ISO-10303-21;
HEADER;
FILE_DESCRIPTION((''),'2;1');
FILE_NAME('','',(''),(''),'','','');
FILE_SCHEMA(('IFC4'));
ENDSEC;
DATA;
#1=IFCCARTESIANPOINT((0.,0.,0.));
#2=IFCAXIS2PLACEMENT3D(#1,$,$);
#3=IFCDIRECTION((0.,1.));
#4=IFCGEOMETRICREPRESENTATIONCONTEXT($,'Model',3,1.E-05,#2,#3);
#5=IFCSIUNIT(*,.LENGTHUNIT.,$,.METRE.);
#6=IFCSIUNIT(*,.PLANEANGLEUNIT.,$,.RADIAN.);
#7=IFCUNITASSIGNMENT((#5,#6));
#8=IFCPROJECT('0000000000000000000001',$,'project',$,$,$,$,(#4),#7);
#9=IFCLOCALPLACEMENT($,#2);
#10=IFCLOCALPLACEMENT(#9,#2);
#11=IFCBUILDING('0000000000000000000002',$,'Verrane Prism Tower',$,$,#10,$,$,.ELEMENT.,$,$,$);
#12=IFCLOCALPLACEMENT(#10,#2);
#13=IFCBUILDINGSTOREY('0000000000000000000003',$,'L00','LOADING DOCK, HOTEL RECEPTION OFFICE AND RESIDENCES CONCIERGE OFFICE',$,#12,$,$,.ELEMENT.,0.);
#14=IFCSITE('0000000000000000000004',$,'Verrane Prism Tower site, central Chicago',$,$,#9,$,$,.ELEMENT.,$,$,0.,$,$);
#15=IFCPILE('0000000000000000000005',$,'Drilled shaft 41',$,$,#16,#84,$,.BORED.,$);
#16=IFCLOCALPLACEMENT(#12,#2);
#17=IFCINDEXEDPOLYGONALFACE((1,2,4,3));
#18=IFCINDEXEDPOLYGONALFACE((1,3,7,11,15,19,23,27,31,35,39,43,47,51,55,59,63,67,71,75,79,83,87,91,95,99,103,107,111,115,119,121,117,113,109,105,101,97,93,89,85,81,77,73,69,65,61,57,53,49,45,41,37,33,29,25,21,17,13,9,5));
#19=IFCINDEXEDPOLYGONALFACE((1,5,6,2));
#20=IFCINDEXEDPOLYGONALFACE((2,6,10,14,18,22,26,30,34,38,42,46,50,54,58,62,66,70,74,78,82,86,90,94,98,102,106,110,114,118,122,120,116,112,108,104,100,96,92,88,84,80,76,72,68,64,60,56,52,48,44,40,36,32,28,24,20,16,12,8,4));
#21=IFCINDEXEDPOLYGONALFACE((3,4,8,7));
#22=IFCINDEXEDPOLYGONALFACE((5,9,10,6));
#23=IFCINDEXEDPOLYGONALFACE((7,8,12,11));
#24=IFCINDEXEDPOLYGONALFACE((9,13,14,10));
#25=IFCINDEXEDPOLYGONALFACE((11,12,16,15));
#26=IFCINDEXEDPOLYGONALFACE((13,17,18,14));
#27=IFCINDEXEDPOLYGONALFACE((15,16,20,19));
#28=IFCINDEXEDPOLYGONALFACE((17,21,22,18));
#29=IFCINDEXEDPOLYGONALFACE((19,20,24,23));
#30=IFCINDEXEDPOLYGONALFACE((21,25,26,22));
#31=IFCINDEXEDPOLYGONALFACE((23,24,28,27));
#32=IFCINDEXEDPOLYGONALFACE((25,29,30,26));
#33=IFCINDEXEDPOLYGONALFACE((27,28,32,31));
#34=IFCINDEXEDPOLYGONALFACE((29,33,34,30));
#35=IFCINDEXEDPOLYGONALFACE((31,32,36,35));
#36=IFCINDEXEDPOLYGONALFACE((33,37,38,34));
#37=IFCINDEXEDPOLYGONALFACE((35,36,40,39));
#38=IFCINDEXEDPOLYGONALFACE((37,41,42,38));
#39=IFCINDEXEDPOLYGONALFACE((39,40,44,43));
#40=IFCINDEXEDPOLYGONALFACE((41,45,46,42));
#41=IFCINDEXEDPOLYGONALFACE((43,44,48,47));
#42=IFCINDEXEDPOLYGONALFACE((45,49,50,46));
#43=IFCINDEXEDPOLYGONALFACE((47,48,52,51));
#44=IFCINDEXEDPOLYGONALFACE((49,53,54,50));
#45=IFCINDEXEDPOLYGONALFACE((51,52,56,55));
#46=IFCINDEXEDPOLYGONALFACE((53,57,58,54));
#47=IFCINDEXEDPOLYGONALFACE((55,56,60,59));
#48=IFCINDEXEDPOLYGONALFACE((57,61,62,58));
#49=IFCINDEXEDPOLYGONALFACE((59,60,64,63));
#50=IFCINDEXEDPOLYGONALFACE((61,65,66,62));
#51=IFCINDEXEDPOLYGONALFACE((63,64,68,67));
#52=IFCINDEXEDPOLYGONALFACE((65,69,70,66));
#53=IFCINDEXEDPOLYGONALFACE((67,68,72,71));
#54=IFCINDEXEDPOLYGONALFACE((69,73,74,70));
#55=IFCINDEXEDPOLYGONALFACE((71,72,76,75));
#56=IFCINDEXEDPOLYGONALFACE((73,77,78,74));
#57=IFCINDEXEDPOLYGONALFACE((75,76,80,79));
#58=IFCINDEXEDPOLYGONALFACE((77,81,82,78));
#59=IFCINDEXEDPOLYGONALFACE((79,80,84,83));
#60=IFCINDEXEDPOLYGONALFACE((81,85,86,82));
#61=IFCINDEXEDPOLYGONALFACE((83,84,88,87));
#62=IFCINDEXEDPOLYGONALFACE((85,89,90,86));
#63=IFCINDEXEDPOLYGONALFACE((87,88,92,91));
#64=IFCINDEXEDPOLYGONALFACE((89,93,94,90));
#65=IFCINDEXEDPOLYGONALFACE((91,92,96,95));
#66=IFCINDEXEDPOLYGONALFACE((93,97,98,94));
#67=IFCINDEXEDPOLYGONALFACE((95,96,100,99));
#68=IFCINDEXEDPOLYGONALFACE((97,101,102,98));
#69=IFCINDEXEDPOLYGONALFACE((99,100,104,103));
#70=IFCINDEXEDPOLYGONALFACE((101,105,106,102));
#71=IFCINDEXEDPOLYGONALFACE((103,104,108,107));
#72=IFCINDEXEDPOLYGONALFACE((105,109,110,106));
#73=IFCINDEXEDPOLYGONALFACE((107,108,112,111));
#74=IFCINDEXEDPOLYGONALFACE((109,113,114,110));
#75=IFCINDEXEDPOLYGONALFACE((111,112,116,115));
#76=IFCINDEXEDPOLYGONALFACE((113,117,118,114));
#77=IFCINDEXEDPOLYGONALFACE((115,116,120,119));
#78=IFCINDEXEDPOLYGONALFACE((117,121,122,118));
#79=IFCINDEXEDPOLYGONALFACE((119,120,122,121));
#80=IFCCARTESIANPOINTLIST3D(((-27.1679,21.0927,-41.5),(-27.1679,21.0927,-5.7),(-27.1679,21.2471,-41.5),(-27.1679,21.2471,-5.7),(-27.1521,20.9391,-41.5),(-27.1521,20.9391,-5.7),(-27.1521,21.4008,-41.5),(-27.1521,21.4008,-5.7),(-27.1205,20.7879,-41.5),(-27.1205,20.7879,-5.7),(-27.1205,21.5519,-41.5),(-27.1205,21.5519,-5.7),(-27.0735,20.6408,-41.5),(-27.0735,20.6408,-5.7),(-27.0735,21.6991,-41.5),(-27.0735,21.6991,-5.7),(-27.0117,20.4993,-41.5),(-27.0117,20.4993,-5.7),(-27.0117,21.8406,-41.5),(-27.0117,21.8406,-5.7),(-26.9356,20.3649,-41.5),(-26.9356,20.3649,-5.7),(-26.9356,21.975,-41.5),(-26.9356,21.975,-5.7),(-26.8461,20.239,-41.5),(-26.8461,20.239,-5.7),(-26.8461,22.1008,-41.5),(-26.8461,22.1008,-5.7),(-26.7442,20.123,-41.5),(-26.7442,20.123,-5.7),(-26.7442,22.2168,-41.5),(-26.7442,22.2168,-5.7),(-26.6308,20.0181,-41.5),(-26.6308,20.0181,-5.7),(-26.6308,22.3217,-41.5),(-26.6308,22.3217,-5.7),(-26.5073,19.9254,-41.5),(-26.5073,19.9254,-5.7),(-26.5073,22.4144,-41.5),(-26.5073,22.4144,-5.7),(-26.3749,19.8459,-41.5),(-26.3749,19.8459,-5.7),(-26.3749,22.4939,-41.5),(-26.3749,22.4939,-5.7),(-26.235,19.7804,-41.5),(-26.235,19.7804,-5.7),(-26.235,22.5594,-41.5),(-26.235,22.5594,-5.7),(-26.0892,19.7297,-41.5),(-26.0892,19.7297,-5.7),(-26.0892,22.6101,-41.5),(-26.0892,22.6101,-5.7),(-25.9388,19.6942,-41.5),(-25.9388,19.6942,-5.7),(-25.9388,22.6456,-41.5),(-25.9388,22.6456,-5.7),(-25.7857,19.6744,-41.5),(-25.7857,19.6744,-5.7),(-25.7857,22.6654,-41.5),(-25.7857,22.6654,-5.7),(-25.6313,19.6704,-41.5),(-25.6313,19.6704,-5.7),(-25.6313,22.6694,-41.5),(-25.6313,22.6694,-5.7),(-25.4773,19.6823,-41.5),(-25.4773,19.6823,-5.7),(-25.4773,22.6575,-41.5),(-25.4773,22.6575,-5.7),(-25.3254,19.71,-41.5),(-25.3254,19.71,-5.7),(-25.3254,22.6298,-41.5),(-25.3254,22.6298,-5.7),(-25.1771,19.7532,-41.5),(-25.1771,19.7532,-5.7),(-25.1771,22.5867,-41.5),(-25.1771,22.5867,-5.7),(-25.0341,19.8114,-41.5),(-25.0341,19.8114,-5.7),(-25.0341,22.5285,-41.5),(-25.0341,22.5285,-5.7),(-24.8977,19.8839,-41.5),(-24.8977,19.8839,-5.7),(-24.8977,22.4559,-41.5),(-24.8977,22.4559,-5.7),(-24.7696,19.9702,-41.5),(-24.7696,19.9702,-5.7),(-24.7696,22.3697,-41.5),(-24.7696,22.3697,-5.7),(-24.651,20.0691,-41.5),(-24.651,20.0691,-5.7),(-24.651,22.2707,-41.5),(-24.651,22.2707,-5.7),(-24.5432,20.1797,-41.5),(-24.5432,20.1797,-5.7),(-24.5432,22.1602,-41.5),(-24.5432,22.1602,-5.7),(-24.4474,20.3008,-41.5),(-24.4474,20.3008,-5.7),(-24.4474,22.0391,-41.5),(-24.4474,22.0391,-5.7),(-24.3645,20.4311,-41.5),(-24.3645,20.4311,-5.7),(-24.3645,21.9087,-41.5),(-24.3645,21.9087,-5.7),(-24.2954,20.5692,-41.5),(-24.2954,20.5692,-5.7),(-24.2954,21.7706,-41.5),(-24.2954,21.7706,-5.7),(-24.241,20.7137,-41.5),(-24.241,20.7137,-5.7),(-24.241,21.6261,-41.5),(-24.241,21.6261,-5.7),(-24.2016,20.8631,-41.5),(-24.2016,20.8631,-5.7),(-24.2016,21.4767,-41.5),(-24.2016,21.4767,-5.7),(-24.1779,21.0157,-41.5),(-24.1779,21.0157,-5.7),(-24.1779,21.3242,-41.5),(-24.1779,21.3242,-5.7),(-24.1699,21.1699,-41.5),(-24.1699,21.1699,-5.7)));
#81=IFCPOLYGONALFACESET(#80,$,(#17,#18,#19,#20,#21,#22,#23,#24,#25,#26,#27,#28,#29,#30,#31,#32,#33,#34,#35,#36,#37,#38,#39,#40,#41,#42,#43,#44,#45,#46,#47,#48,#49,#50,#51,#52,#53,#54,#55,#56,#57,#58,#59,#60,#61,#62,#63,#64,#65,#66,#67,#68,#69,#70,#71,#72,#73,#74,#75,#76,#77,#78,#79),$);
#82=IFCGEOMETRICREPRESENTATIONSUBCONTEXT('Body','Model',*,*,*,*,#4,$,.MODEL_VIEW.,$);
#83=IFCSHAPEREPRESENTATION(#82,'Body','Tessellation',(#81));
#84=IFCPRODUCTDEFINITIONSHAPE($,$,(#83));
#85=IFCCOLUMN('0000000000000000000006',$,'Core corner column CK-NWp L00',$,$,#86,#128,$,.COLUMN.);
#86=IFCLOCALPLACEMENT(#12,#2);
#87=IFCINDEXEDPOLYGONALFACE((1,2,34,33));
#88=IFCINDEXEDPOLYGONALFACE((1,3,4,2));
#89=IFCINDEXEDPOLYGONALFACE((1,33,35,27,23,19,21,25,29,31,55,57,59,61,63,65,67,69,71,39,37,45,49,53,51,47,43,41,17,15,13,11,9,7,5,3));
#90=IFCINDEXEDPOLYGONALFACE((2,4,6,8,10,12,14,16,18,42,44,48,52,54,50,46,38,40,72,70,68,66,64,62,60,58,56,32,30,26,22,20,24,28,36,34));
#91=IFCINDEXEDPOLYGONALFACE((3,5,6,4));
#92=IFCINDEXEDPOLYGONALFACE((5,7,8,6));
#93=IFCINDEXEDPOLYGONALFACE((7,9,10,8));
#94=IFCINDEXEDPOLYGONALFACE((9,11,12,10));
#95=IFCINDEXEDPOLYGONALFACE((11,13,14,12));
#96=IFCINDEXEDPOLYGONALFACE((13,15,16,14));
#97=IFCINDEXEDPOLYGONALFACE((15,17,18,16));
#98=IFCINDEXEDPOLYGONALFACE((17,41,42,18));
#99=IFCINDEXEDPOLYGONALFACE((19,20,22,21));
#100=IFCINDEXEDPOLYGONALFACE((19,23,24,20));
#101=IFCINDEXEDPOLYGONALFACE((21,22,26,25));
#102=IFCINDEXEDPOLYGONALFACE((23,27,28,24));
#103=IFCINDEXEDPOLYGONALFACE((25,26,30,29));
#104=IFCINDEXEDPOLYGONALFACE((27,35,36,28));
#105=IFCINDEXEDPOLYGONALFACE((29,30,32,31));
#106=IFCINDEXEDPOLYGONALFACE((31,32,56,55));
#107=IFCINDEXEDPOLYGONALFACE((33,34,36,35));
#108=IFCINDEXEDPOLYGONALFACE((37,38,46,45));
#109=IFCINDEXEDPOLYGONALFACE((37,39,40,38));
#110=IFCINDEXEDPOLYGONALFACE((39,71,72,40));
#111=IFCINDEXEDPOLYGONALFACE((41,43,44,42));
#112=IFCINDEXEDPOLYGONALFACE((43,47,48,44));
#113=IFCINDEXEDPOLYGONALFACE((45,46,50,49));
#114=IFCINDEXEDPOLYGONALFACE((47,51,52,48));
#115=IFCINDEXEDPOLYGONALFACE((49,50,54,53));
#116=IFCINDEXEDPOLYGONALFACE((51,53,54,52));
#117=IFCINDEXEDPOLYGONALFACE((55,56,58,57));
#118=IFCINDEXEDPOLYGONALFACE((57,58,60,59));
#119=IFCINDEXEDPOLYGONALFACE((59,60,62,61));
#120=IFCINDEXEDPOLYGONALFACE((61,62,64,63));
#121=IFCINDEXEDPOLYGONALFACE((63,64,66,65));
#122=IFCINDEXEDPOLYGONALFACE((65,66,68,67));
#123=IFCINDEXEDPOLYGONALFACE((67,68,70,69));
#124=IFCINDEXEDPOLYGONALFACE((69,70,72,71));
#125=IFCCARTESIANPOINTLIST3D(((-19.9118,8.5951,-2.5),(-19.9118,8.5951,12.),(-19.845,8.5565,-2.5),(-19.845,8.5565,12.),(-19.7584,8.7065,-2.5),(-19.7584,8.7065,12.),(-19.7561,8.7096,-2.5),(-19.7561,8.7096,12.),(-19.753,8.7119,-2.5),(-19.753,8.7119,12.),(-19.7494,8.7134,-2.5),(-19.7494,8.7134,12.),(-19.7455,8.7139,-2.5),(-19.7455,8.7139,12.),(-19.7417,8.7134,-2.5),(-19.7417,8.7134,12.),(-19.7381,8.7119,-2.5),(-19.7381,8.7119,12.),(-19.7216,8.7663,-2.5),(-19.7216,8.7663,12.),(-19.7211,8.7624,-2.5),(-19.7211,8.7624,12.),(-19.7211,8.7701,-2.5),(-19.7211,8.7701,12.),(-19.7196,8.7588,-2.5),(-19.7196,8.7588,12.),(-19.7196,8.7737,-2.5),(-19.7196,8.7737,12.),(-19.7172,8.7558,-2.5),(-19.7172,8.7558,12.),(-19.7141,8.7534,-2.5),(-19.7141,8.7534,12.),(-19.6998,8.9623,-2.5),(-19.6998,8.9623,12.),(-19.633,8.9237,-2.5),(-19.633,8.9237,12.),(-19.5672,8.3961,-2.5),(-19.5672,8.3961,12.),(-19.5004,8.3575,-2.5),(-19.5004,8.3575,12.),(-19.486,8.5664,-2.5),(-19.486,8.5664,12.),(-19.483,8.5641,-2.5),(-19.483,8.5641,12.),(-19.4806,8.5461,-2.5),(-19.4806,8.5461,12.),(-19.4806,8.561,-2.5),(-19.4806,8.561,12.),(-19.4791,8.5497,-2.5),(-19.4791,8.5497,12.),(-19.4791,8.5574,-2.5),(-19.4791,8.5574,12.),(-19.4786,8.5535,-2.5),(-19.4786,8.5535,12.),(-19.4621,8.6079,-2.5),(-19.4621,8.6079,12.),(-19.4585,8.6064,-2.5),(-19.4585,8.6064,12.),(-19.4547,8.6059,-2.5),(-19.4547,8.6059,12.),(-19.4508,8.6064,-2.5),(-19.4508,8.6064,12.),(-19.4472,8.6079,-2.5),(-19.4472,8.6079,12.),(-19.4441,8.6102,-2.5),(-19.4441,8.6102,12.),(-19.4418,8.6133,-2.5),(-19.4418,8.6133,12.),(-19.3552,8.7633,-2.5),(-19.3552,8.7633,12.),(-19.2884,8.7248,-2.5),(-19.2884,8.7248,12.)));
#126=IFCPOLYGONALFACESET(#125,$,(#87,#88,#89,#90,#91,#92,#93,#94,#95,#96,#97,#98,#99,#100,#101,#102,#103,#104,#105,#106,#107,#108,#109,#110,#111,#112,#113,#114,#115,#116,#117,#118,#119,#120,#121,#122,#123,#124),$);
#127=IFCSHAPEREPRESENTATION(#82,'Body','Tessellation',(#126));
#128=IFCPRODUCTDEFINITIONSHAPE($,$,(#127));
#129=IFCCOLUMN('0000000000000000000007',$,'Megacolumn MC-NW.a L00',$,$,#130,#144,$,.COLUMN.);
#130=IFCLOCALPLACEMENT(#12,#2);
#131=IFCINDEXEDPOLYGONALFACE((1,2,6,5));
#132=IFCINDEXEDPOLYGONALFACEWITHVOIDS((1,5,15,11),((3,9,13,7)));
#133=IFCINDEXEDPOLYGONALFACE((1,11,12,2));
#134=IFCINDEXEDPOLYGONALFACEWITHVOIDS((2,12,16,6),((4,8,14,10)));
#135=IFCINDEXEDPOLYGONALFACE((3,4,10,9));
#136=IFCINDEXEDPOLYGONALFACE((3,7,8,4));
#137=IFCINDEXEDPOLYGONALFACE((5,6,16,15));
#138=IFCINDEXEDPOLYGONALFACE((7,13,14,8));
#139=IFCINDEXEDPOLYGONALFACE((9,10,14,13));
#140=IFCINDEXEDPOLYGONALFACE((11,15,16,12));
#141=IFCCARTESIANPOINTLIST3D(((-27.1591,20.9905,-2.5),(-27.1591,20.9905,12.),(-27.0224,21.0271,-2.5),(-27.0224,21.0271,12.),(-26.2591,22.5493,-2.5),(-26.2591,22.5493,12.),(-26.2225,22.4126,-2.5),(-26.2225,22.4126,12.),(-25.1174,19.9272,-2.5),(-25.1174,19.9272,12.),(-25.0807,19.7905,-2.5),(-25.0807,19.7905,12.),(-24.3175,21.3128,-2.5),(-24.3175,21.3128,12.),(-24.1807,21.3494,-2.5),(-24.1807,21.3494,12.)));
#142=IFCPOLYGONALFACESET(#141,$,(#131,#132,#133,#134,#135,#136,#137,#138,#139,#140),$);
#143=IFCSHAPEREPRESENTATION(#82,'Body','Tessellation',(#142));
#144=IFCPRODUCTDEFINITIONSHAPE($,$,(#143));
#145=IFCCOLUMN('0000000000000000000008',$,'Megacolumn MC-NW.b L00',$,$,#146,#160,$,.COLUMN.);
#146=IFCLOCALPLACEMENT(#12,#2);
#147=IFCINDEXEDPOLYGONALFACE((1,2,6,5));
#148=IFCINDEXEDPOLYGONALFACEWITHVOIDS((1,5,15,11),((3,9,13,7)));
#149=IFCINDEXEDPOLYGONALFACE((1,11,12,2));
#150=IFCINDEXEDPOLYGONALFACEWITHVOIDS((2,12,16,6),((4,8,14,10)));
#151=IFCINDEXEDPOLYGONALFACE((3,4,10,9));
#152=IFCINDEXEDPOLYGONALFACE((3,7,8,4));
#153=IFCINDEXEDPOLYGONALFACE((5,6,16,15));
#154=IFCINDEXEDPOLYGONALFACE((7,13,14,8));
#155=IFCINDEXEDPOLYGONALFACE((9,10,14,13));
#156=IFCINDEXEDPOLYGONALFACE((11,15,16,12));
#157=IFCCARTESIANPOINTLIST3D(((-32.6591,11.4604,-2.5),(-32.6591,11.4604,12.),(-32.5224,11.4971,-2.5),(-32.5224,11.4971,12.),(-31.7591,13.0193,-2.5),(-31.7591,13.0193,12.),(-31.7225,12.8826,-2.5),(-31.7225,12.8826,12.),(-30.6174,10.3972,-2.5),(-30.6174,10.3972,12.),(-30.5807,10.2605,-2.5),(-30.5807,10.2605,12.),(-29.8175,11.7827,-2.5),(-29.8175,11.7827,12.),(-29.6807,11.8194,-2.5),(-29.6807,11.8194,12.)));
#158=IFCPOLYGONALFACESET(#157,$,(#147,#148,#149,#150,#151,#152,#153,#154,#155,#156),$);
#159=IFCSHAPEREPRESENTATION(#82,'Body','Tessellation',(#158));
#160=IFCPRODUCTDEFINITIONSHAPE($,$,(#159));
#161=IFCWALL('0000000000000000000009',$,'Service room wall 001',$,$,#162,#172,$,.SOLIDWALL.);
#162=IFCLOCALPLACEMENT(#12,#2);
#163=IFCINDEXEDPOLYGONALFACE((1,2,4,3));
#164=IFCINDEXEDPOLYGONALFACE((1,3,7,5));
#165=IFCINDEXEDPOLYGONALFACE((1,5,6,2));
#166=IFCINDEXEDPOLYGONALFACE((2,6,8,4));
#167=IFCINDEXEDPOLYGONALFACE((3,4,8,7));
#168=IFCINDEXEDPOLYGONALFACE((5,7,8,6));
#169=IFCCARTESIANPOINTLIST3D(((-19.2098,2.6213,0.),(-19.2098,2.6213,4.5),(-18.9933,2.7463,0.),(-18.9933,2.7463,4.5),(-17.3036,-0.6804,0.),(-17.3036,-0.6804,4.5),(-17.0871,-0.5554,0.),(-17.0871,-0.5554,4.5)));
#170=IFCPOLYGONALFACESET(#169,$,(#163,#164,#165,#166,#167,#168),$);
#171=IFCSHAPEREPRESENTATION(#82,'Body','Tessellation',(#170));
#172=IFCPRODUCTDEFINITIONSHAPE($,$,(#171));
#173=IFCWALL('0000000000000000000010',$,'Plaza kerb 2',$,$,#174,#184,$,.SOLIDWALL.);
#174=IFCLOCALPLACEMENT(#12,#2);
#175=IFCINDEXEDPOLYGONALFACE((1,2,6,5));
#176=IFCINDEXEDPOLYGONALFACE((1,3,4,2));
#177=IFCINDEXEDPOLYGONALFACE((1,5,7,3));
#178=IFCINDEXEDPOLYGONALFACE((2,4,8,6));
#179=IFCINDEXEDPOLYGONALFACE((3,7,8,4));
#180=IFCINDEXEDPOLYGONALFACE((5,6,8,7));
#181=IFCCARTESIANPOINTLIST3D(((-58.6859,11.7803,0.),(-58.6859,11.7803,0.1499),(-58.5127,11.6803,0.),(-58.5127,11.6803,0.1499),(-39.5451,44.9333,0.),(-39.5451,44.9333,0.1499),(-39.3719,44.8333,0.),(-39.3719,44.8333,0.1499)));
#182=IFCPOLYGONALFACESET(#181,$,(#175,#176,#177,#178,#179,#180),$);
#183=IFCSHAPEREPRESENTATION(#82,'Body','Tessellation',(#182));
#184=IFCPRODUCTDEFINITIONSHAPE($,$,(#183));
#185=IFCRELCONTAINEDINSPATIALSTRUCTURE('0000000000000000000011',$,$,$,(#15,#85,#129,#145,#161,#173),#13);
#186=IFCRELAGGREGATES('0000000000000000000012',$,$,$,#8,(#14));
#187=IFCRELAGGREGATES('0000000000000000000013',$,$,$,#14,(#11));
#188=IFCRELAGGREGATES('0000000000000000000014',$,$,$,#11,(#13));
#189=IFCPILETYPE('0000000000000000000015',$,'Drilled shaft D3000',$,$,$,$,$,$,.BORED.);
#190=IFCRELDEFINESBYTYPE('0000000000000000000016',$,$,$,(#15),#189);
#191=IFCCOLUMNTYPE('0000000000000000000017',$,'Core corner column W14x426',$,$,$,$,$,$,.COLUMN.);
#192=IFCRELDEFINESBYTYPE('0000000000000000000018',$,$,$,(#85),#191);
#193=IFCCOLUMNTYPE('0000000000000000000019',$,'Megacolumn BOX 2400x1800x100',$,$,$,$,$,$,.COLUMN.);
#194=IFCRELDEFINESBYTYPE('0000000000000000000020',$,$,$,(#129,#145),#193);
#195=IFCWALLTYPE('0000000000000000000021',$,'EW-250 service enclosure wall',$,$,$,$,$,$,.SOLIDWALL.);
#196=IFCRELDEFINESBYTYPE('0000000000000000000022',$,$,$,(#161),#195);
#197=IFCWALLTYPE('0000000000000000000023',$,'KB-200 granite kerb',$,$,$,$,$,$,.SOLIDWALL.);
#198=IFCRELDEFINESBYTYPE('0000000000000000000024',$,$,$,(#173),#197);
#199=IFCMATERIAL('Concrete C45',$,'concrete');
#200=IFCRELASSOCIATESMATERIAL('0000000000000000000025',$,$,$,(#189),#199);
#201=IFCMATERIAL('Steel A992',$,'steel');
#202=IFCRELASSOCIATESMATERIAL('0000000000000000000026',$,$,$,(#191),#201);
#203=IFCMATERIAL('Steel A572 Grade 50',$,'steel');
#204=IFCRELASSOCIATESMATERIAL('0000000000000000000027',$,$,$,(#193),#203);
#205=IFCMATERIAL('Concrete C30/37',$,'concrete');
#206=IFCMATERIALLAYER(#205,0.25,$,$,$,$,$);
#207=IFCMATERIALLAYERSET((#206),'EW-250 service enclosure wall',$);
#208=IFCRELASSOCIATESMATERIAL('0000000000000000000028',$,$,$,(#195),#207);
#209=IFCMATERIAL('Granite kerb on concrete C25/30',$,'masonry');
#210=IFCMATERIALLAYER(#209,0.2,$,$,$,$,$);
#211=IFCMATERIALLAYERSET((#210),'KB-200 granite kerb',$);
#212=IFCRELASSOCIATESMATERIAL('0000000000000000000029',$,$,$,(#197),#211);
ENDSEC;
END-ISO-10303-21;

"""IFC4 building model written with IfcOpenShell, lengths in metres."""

from ifc_helpers import new_model, si_unit, direction, frame, frame_2d, origin, origin_2d, place, context, subcontext, project, spatial, rectangle, hollow_rectangle, circle, i_section, extrude, material, layer, layer_set, material_profile, profile_set, type_object, element, save


model = new_model("IFC4")

# Units and contexts
model_context = context("Model", 3, precision=1e-05, world=origin(), true_north=direction((0.0, 1.0)))
body_context = subcontext(model_context, "Body", "Model", "MODEL_VIEW")
ifc_project = project(units=[si_unit("LENGTHUNIT", "METRE"), si_unit("PLANEANGLEUNIT", "RADIAN")], contexts=[model_context])

# Site, building, storey
site_placement = place(None, origin())
site = spatial("IfcSite", under=ifc_project, at=site_placement, Name="Verrane Prism Tower site, central Chicago", CompositionType="ELEMENT", RefElevation=0.0)
building_placement = place(site_placement, origin())
building = spatial("IfcBuilding", under=site, at=building_placement, Name="Verrane Prism Tower", CompositionType="ELEMENT")
storey_placement = place(building_placement, origin())
storey = spatial("IfcBuildingStorey", under=building, at=storey_placement, Name="L00", Description="LOADING DOCK, HOTEL RECEPTION OFFICE AND RESIDENCES CONCIERGE OFFICE", CompositionType="ELEMENT", Elevation=0.0)

# Pile
ifc_material_1 = material(Name="Concrete C45", Category="concrete")
pile_type_1 = type_object("IfcPileType", Name="Drilled shaft D3000", PredefinedType="BORED", material=ifc_material_1)
for number, where, z_axis, x_axis, name in (
    (1, (-25.6699, 21.1699, -5.7), (0.0, 0.0, -1.0), (1.0, 0.0, 0.0), "Drilled shaft 41"),
):
    element("IfcPile", number, at=place(storey_placement, frame(where, z_axis=z_axis, x_axis=x_axis)), inside=storey, type_object=pile_type_1, Name=name, PredefinedType="BORED", context=body_context, shape_type="SweptSolid", body=[
        extrude(circle(Radius=1.5, at=origin_2d()), origin(), (0.0, 0.0, 1.0), 35.8),
    ])

# Columns
ifc_material_2 = material(Name="Steel A992", Category="steel")
ifc_material_profile_1 = material_profile(ifc_material_2, i_section(OverallWidth=0.4241, OverallDepth=0.4751, WebThickness=0.0479, FlangeThickness=0.0771, FilletRadius=0.0149, at=origin_2d()), Name="W14x426")
ifc_profile_set_1 = profile_set([ifc_material_profile_1], Name="Steel A992")
column_type_1 = type_object("IfcColumnType", Name="Core corner column W14x426", PredefinedType="COLUMN", material=ifc_profile_set_1)
column_placement = place(storey_placement, frame((-19.6001, 8.6599, -2.5), z_axis=(0.0, 0.0, 1.0), x_axis=(0.5, 0.866025, 0.0)))
element("IfcColumn", 2, at=column_placement, inside=storey, type_object=column_type_1, Name="Core corner column CK-NWp L00", PredefinedType="COLUMN", context=body_context, shape_type="SweptSolid", body=[
    extrude(i_section(OverallWidth=0.4241, OverallDepth=0.4751, WebThickness=0.0479, FlangeThickness=0.0771, FilletRadius=0.0149, at=origin_2d()), origin(), (0.0, 0.0, 1.0), 14.5),
])
ifc_material_3 = material(Name="Steel A572 Grade 50", Category="steel")
ifc_material_profile_2 = material_profile(ifc_material_3, hollow_rectangle(XDim=1.8, YDim=2.3999, WallThickness=0.1001, at=origin_2d()), Name="BOX 2400x1800x100")
ifc_profile_set_2 = profile_set([ifc_material_profile_2], Name="Steel A572 Grade 50")
column_type_2 = type_object("IfcColumnType", Name="Megacolumn BOX 2400x1800x100", PredefinedType="COLUMN", material=ifc_profile_set_2)
for number, where, z_axis, x_axis, name in (
    (3, (-25.6699, 21.1699, -2.5), (0.0, 0.0, 1.0), (0.5, 0.866025, 0.0), "Megacolumn MC-NW.a L00"),
    (4, (-31.1699, 11.6399, -2.5), (0.0, 0.0, 1.0), (0.5, 0.866025, 0.0), "Megacolumn MC-NW.b L00"),
):
    element("IfcColumn", number, at=place(storey_placement, frame(where, z_axis=z_axis, x_axis=x_axis)), inside=storey, type_object=column_type_2, Name=name, PredefinedType="COLUMN", context=body_context, shape_type="SweptSolid", body=[
        extrude(hollow_rectangle(XDim=1.8, YDim=2.3999, WallThickness=0.1001, at=origin_2d()), origin(), (0.0, 0.0, 1.0), 14.5),
    ])

# Walls
ifc_material_4 = material(Name="Concrete C30/37", Category="concrete")
ifc_layer_1 = layer(ifc_material_4, 0.25)
ifc_layer_set_1 = layer_set([ifc_layer_1], Name="EW-250 service enclosure wall")
wall_type_1 = type_object("IfcWallType", Name="EW-250 service enclosure wall", PredefinedType="SOLIDWALL", material=ifc_layer_set_1)
wall_1_placement = place(storey_placement, frame((-19.1016, 2.6838, 0.0), z_axis=(0.0, 0.0, 1.0), x_axis=(0.499996, -0.866028, 0.0)))
element("IfcWall", 5, at=wall_1_placement, inside=storey, type_object=wall_type_1, Name="Service room wall 001", PredefinedType="SOLIDWALL", context=body_context, shape_type="SweptSolid", body=[
    extrude(rectangle(XDim=3.8125, YDim=0.25, at=frame_2d((1.9062, 0.0))), origin(), (0.0, 0.0, 1.0), 4.5),
])
ifc_material_5 = material(Name="Granite kerb on concrete C25/30", Category="masonry")
ifc_layer_2 = layer(ifc_material_5, 0.2)
ifc_layer_set_2 = layer_set([ifc_layer_2], Name="KB-200 granite kerb")
wall_type_2 = type_object("IfcWallType", Name="KB-200 granite kerb", PredefinedType="SOLIDWALL", material=ifc_layer_set_2)
wall_2_placement = place(storey_placement, frame((-39.4585, 44.8833, 0.0), z_axis=(0.0, 0.0, 1.0), x_axis=(-0.499999, -0.866026, 0.0)))
element("IfcWall", 6, at=wall_2_placement, inside=storey, type_object=wall_type_2, Name="Plaza kerb 2", PredefinedType="SOLIDWALL", context=body_context, shape_type="SweptSolid", body=[
    extrude(rectangle(XDim=38.2817, YDim=0.2, at=frame_2d((19.1409, 0.0))), origin(), (0.0, 0.0, 1.0), 0.1499),
])

save(model, "model.ifc")
